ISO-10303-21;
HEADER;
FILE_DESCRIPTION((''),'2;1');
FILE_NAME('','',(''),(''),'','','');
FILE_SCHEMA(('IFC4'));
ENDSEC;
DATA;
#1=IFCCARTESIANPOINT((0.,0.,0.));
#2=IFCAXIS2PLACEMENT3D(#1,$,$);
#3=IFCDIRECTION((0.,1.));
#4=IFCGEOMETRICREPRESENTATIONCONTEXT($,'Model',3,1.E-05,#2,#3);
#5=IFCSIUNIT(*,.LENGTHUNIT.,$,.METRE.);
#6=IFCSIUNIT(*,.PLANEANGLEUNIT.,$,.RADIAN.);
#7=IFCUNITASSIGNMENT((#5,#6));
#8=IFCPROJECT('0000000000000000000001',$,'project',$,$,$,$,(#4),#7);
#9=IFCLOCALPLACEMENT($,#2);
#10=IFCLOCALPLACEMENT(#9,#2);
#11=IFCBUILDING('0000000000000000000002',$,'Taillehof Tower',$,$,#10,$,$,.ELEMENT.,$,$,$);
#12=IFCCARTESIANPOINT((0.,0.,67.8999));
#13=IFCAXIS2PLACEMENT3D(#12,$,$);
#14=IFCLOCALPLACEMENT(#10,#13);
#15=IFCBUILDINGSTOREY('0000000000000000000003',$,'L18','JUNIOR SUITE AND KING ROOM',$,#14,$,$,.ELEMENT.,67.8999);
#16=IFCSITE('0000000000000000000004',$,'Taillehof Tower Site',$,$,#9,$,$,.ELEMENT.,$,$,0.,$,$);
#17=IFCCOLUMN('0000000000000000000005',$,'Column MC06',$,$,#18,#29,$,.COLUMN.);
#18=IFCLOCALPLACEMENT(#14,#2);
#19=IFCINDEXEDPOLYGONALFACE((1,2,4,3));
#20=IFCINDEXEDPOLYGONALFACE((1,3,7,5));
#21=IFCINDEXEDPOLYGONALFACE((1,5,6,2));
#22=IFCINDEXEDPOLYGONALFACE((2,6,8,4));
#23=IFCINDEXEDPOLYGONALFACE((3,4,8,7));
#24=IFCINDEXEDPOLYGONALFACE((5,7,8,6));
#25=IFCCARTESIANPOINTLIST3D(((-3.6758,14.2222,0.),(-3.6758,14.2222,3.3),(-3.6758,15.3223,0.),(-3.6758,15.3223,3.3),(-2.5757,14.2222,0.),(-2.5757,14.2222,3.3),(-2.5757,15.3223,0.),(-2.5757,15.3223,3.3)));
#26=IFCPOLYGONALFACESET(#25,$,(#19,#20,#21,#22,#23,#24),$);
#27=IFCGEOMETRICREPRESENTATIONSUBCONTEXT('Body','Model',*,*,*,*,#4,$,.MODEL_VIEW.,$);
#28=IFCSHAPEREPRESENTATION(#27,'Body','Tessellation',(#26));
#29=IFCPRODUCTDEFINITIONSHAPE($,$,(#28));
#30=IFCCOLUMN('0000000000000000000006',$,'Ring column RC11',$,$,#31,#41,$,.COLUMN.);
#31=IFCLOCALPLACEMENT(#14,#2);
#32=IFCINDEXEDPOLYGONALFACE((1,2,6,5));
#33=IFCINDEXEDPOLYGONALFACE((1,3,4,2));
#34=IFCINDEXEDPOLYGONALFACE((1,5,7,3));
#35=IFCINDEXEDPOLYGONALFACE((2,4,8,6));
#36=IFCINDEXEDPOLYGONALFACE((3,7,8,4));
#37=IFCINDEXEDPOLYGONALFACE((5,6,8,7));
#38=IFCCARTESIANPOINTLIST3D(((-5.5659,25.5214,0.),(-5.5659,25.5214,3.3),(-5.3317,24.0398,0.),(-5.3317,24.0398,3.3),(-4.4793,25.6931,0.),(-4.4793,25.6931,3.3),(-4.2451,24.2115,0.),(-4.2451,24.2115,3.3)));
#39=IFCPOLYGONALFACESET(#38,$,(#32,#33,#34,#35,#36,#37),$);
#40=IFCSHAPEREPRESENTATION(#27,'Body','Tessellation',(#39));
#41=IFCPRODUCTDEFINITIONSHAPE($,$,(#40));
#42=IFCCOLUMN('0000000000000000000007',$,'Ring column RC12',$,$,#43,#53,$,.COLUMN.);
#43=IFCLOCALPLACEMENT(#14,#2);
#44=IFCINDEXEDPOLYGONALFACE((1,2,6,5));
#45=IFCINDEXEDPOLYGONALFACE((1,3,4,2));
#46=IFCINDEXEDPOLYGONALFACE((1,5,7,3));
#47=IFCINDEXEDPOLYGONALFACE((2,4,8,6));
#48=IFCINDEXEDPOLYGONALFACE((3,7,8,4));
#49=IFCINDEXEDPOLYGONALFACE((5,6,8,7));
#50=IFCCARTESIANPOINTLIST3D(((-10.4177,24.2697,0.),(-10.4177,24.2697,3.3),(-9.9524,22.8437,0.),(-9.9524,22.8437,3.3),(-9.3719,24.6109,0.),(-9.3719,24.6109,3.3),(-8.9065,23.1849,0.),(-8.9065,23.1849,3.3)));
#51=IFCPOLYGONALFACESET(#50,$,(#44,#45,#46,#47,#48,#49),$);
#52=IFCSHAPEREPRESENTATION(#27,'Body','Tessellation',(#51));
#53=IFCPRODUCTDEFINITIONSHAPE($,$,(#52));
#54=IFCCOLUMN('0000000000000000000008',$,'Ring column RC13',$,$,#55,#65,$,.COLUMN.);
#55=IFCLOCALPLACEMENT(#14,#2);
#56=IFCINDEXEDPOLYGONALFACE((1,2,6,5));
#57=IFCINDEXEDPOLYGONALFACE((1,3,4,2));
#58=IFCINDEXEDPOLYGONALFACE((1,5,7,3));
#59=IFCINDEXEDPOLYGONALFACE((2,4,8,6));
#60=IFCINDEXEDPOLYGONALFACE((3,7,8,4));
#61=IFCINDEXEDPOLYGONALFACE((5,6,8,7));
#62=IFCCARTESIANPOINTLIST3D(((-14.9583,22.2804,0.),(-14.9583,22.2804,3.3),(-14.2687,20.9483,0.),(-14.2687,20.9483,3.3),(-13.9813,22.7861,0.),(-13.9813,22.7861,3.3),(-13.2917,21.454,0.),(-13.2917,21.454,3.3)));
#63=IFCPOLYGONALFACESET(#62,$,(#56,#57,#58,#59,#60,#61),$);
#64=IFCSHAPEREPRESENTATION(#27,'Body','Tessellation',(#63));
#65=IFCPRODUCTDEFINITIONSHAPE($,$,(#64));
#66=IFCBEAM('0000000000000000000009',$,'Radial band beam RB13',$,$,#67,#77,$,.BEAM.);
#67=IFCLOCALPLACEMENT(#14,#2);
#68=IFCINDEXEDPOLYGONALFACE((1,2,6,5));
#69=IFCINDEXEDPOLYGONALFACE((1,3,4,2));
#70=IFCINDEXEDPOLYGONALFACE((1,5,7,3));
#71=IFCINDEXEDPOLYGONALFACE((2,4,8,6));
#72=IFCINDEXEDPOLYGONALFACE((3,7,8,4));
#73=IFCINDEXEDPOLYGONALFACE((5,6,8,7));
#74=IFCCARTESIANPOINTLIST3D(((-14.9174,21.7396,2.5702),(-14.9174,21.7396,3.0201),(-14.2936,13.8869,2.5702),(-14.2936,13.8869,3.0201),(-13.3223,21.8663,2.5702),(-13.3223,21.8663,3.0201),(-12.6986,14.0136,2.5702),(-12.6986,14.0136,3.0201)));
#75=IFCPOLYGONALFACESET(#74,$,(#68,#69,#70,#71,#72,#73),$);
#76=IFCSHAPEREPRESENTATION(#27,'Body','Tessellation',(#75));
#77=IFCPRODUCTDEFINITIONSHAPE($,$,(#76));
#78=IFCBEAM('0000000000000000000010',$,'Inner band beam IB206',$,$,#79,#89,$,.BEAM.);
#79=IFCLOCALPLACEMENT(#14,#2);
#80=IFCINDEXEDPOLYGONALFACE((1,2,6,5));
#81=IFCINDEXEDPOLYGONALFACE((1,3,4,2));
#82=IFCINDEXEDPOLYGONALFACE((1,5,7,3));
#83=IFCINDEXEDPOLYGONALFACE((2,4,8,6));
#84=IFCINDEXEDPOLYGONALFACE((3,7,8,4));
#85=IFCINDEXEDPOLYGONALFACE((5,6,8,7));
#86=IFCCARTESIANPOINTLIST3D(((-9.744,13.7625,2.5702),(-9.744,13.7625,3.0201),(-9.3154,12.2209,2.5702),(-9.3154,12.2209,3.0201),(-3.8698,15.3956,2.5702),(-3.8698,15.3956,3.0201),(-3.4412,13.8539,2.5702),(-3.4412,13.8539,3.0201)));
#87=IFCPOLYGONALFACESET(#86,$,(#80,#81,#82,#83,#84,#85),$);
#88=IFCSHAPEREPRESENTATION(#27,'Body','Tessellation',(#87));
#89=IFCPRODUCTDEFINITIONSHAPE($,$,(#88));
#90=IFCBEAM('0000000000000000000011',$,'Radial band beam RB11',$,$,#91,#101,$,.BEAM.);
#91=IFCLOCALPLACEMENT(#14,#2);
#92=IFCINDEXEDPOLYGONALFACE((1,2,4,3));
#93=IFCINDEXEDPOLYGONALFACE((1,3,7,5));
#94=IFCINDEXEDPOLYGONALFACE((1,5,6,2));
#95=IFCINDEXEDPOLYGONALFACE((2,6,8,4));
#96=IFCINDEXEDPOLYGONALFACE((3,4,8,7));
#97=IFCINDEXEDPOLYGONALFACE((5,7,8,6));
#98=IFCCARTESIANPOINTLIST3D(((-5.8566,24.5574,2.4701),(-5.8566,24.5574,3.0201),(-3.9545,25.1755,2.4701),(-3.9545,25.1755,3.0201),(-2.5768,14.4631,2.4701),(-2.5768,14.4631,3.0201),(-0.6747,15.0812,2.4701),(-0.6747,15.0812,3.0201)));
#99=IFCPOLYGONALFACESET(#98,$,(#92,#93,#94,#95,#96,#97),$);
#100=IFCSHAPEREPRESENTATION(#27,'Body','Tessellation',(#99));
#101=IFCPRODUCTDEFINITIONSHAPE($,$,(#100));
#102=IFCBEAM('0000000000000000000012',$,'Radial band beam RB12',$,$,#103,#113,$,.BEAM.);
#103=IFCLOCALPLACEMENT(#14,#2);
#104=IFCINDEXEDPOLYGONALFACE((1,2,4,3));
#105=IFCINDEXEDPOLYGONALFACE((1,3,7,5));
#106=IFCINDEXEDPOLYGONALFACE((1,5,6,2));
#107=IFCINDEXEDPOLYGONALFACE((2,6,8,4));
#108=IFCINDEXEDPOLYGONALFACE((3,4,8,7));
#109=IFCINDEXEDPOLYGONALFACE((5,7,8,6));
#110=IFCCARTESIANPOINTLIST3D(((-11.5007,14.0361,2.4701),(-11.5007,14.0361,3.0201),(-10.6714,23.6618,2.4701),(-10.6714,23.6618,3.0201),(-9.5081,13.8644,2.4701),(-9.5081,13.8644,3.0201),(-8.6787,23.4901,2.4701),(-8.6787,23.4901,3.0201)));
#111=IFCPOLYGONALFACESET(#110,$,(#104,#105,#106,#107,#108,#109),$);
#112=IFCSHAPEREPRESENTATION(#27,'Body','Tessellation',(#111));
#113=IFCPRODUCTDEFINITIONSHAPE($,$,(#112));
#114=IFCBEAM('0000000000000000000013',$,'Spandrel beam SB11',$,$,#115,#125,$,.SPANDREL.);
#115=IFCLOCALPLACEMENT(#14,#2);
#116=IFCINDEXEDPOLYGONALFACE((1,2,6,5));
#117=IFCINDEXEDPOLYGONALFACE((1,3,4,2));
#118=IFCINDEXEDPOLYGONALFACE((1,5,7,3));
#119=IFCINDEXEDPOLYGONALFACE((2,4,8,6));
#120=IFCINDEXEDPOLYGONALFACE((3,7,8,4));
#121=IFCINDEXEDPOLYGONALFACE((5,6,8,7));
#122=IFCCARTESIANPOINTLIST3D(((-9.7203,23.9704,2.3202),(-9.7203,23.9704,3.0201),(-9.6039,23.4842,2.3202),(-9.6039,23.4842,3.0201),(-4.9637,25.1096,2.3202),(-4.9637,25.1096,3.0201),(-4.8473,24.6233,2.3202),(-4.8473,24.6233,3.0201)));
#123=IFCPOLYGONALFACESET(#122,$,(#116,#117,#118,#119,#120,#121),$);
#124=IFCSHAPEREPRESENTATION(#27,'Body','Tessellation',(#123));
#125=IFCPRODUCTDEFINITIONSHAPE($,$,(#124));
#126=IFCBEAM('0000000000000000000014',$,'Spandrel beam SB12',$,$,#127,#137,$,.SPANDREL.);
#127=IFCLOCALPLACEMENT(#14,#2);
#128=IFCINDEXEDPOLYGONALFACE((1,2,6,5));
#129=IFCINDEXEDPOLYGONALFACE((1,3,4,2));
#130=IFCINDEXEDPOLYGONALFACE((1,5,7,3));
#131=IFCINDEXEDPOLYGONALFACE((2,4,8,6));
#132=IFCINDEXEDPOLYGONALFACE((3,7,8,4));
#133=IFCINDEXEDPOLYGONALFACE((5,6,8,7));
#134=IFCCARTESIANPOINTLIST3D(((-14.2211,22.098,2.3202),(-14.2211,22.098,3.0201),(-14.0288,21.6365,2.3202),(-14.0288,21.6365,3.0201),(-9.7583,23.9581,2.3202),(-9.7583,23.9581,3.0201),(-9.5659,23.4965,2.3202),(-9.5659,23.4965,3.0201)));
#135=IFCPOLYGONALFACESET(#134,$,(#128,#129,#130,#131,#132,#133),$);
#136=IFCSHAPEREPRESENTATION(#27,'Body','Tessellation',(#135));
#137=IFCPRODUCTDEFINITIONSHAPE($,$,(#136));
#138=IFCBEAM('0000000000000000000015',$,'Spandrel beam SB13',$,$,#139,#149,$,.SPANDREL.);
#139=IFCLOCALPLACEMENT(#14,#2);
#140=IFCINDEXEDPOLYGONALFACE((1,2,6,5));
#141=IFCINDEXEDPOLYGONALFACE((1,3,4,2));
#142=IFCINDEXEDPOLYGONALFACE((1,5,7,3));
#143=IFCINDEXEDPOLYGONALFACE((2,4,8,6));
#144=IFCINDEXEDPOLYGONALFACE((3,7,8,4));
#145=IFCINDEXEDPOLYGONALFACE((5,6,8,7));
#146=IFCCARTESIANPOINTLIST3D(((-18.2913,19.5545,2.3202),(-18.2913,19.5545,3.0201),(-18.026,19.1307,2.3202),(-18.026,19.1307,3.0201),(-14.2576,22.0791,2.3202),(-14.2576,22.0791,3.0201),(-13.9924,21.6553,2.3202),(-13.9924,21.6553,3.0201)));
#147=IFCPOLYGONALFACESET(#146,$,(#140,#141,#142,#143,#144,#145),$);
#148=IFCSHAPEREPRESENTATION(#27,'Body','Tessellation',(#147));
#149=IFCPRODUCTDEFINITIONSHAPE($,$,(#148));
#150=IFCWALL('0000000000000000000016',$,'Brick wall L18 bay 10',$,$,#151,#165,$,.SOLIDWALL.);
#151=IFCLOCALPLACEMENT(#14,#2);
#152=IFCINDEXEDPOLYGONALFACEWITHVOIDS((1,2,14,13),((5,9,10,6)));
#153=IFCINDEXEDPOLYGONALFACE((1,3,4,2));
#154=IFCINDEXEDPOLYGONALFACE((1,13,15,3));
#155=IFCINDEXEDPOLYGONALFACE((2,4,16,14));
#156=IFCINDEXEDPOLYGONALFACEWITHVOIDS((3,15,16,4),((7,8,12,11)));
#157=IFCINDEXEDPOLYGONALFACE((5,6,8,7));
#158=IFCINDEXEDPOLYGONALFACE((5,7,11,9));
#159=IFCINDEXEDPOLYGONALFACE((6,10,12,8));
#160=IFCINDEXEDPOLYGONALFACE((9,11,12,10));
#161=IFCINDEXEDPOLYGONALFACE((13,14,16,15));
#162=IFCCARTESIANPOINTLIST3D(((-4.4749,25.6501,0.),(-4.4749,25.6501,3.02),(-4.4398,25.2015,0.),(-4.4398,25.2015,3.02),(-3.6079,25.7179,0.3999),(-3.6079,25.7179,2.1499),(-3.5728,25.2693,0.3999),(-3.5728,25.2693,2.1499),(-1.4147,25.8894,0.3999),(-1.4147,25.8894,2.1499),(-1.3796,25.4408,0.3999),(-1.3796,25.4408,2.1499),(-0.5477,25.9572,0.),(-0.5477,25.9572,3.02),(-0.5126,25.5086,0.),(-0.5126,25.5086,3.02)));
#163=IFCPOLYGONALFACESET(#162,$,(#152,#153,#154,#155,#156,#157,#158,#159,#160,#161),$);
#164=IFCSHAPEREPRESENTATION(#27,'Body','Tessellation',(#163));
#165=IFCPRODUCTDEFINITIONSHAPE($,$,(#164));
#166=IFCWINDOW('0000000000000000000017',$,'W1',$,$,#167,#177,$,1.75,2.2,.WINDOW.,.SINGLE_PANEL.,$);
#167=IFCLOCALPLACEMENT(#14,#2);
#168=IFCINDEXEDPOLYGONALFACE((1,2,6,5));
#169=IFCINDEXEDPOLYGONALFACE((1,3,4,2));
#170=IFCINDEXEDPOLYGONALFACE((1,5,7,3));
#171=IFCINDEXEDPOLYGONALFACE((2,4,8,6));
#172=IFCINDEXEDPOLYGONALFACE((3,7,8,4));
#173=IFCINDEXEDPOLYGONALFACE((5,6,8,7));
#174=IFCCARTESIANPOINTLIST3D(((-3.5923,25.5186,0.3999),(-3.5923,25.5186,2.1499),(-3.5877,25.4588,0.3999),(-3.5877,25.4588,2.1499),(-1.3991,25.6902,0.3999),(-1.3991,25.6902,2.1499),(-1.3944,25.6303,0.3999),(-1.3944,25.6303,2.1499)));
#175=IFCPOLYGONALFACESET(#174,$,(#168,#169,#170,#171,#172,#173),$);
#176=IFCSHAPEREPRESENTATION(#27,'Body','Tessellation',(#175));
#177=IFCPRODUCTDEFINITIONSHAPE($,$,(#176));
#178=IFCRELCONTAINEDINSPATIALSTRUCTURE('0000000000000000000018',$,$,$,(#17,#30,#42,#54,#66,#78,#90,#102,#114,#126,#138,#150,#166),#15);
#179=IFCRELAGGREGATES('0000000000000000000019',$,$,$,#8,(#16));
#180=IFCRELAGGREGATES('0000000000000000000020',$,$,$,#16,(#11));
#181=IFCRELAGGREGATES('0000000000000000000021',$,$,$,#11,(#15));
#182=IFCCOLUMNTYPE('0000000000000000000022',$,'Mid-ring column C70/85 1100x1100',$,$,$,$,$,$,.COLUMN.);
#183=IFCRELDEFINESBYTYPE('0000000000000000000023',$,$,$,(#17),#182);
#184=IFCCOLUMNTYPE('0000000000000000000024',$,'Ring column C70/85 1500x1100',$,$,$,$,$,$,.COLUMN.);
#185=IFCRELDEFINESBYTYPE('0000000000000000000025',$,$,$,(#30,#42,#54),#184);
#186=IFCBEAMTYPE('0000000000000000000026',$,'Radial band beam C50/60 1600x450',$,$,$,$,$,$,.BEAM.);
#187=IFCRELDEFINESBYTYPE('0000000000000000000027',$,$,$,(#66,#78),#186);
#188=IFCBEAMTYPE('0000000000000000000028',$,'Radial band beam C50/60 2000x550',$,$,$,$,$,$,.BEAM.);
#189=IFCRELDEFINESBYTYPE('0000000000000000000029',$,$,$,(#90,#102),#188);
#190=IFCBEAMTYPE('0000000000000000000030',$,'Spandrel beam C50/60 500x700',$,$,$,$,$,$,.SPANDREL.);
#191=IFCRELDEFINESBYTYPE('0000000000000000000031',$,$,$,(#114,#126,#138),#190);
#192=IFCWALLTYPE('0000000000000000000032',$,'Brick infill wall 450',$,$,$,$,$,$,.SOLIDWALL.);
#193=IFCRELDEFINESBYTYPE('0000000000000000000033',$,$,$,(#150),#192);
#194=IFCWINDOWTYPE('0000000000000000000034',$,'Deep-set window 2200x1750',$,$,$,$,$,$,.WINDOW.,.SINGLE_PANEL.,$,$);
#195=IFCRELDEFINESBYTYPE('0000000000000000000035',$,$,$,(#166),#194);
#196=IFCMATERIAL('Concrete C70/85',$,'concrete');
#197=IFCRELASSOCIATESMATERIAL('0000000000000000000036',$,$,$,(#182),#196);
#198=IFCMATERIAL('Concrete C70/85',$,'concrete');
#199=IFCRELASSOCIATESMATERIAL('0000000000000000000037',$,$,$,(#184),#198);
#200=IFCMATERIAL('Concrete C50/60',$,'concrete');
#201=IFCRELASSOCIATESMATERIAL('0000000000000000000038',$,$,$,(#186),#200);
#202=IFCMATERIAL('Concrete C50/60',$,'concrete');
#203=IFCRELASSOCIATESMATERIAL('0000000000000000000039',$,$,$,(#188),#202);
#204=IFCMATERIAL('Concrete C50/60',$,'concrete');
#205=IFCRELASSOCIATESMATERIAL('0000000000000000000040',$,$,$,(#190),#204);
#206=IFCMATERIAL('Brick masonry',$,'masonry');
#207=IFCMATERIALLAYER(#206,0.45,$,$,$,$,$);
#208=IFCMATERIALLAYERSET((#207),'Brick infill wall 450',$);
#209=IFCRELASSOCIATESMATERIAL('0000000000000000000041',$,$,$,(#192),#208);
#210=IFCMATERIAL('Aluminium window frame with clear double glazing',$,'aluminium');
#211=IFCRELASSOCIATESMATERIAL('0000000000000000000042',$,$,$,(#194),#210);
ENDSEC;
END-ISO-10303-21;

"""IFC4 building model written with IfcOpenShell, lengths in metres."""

from ifc_helpers import new_model, si_unit, direction, frame, frame_2d, origin, origin_2d, place, context, subcontext, project, spatial, rectangle, extrude, material, layer, layer_set, material_profile, profile_set, type_object, element, fill, save


model = new_model("IFC4")

# Units and contexts
model_context = context("Model", 3, precision=1e-05, world=origin(), true_north=direction((0.0, 1.0)))
body_context = subcontext(model_context, "Body", "Model", "MODEL_VIEW")
ifc_project = project(units=[si_unit("LENGTHUNIT", "METRE"), si_unit("PLANEANGLEUNIT", "RADIAN")], contexts=[model_context])

# Site, building, storey
site_placement = place(None, origin())
site = spatial("IfcSite", under=ifc_project, at=site_placement, Name="Taillehof Tower Site", CompositionType="ELEMENT", RefElevation=0.0)
building_placement = place(site_placement, origin())
building = spatial("IfcBuilding", under=site, at=building_placement, Name="Taillehof Tower", CompositionType="ELEMENT")
storey_placement = place(building_placement, frame((0.0, 0.0, 67.8999)))
storey = spatial("IfcBuildingStorey", under=building, at=storey_placement, Name="L18", Description="JUNIOR SUITE AND KING ROOM", CompositionType="ELEMENT", Elevation=67.8999)

# Columns
ifc_material_1 = material(Name="Concrete C70/85", Category="concrete")
ifc_material_profile_1 = material_profile(ifc_material_1, rectangle(XDim=1.1001, YDim=1.1001, at=origin_2d()), Name="RC 1100x1100")
ifc_profile_set_1 = profile_set([ifc_material_profile_1], Name="Concrete C70/85")
column_type_1 = type_object("IfcColumnType", Name="Mid-ring column C70/85 1100x1100", PredefinedType="COLUMN", material=ifc_profile_set_1)
column_placement = place(storey_placement, frame((-3.1257, 14.7722, 0.0), z_axis=(0.0, 0.0, 1.0), x_axis=(1.0, 0.0, 0.0)))
element("IfcColumn", 1, at=column_placement, inside=storey, type_object=column_type_1, Name="Column MC06", PredefinedType="COLUMN", context=body_context, shape_type="SweptSolid", body=[
    extrude(rectangle(XDim=1.1001, YDim=1.1001, at=origin_2d()), origin(), (0.0, 0.0, 1.0), 3.3),
])
ifc_material_2 = material(Name="Concrete C70/85", Category="concrete")
ifc_material_profile_2 = material_profile(ifc_material_2, rectangle(XDim=1.5, YDim=1.1001, at=origin_2d()), Name="RC 1500x1100")
ifc_profile_set_2 = profile_set([ifc_material_profile_2], Name="Concrete C70/85")
column_type_2 = type_object("IfcColumnType", Name="Ring column C70/85 1500x1100", PredefinedType="COLUMN", material=ifc_profile_set_2)
for number, where, z_axis, x_axis, name in (
    (2, (-4.9055, 24.8665, 0.0), (0.0, 0.0, 1.0), (-0.156147, 0.987734, 0.0), "Ring column RC11"),
    (3, (-9.6621, 23.7273, 0.0), (0.0, 0.0, 1.0), (-0.310219, 0.950665, 0.0), "Ring column RC12"),
    (4, (-14.125, 21.8672, 0.0), (0.0, 0.0, 1.0), (-0.459691, 0.888079, 0.0), "Ring column RC13"),
):
    element("IfcColumn", number, at=place(storey_placement, frame(where, z_axis=z_axis, x_axis=x_axis)), inside=storey, type_object=column_type_2, Name=name, PredefinedType="COLUMN", context=body_context, shape_type="SweptSolid", body=[
        extrude(rectangle(XDim=1.5, YDim=1.1001, at=origin_2d()), origin(), (0.0, 0.0, 1.0), 3.3),
    ])

# Beams
ifc_material_3 = material(Name="Concrete C50/60", Category="concrete")
ifc_material_profile_3 = material_profile(ifc_material_3, rectangle(XDim=1.6001, YDim=0.45, at=origin_2d()), Name="RC 1600x450")
ifc_profile_set_3 = profile_set([ifc_material_profile_3], Name="Concrete C50/60")
beam_type_1 = type_object("IfcBeamType", Name="Radial band beam C50/60 1600x450", PredefinedType="BEAM", material=ifc_profile_set_3)
beam_1_placement = place(storey_placement, frame((-14.1199, 21.803, 2.7952), z_axis=(0.079185, -0.99686, 0.0), x_axis=(0.99686, 0.079185, 0.0)))
element("IfcBeam", 5, at=beam_1_placement, inside=storey, type_object=beam_type_1, Name="Radial band beam RB13", PredefinedType="BEAM", context=body_context, shape_type="SweptSolid", body=[
    extrude(rectangle(XDim=1.6001, YDim=0.45, at=origin_2d()), origin(), (0.0, 0.0, 1.0), 7.8774),
])
beam_2_placement = place(storey_placement, frame((-3.6555, 14.6248, 2.7952), z_axis=(-0.963459, -0.267855, 0.0), x_axis=(0.267855, -0.963459, 0.0)))
element("IfcBeam", 6, at=beam_2_placement, inside=storey, type_object=beam_type_1, Name="Inner band beam IB206", PredefinedType="BEAM", context=body_context, shape_type="SweptSolid", body=[
    extrude(rectangle(XDim=1.6001, YDim=0.45, at=origin_2d()), origin(), (0.0, 0.0, 1.0), 6.0969),
])
ifc_material_4 = material(Name="Concrete C50/60", Category="concrete")
ifc_material_profile_4 = material_profile(ifc_material_4, rectangle(XDim=2.0, YDim=0.55, at=origin_2d()), Name="RC 2000x550")
ifc_profile_set_4 = profile_set([ifc_material_profile_4], Name="Concrete C50/60")
beam_type_2 = type_object("IfcBeamType", Name="Radial band beam C50/60 2000x550", PredefinedType="BEAM", material=ifc_profile_set_4)
beam_3_placement = place(storey_placement, frame((-4.9055, 24.8665, 2.7451), z_axis=(0.309014, -0.951057, 0.0), x_axis=(0.951057, 0.309014, 0.0)))
element("IfcBeam", 7, at=beam_3_placement, inside=storey, type_object=beam_type_2, Name="Radial band beam RB11", PredefinedType="BEAM", context=body_context, shape_type="SweptSolid", body=[
    extrude(rectangle(XDim=2.0, YDim=0.55, at=origin_2d()), origin(), (0.0, 0.0, 1.0), 10.6138),
])
beam_4_placement = place(storey_placement, frame((-9.675, 23.5759, 2.7451), z_axis=(-0.085841, -0.996309, 0.0), x_axis=(0.996309, -0.085841, 0.0)))
element("IfcBeam", 8, at=beam_4_placement, inside=storey, type_object=beam_type_2, Name="Radial band beam RB12", PredefinedType="BEAM", context=body_context, shape_type="SweptSolid", body=[
    extrude(rectangle(XDim=2.0, YDim=0.55, at=origin_2d()), origin(), (0.0, 0.0, 1.0), 9.6614),
])
ifc_material_5 = material(Name="Concrete C50/60", Category="concrete")
ifc_material_profile_5 = material_profile(ifc_material_5, rectangle(XDim=0.5, YDim=0.7, at=origin_2d()), Name="RC 500x700")
ifc_profile_set_5 = profile_set([ifc_material_profile_5], Name="Concrete C50/60")
beam_type_3 = type_object("IfcBeamType", Name="Spandrel beam C50/60 500x700", PredefinedType="SPANDREL", material=ifc_profile_set_5)
beam_5_placement = place(storey_placement, frame((-4.9055, 24.8665, 2.6702), z_axis=(-0.9725, -0.232905, 0.0), x_axis=(0.232905, -0.9725, 0.0)))
element("IfcBeam", 9, at=beam_5_placement, inside=storey, type_object=beam_type_3, Name="Spandrel beam SB11", PredefinedType="SPANDREL", context=body_context, shape_type="SweptSolid", body=[
    extrude(rectangle(XDim=0.5, YDim=0.7, at=origin_2d()), origin(), (0.0, 0.0, 1.0), 4.8911),
])
beam_6_placement = place(storey_placement, frame((-9.6621, 23.7273, 2.6702), z_axis=(-0.923035, -0.384716, 0.0), x_axis=(0.384716, -0.923035, 0.0)))
element("IfcBeam", 10, at=beam_6_placement, inside=storey, type_object=beam_type_3, Name="Spandrel beam SB12", PredefinedType="SPANDREL", context=body_context, shape_type="SweptSolid", body=[
    extrude(rectangle(XDim=0.5, YDim=0.7, at=origin_2d()), origin(), (0.0, 0.0, 1.0), 4.835),
])
beam_7_placement = place(storey_placement, frame((-14.125, 21.8672, 2.6702), z_axis=(-0.847658, -0.530543, 0.0), x_axis=(0.530543, -0.847658, 0.0)))
element("IfcBeam", 11, at=beam_7_placement, inside=storey, type_object=beam_type_3, Name="Spandrel beam SB13", PredefinedType="SPANDREL", context=body_context, shape_type="SweptSolid", body=[
    extrude(rectangle(XDim=0.5, YDim=0.7, at=origin_2d()), origin(), (0.0, 0.0, 1.0), 4.7585),
])

# Wall, opening, window
ifc_material_6 = material(Name="Brick masonry", Category="masonry")
ifc_layer_1 = layer(ifc_material_6, 0.45)
ifc_layer_set_1 = layer_set([ifc_layer_1], Name="Brick infill wall 450")
wall_type_1 = type_object("IfcWallType", Name="Brick infill wall 450", PredefinedType="SOLIDWALL", material=ifc_layer_set_1)
wall_1_placement = place(storey_placement, frame((-0.53, 25.7329, 0.0), z_axis=(0.0, 0.0, 1.0), x_axis=(-0.996956, -0.077967, 0.0)))
wall_1 = element("IfcWall", 12, at=wall_1_placement, inside=storey, type_object=wall_type_1, Name="Brick wall L18 bay 10", PredefinedType="SOLIDWALL", context=body_context, shape_type="SweptSolid", body=[
    extrude(rectangle(XDim=3.9392, YDim=0.45, at=frame_2d((1.9697, 0.0))), origin(), (0.0, 0.0, 1.0), 3.02),
])
opening_1_placement = place(wall_1_placement, frame((0.8696, 0.0, 0.3999)))
opening_1 = element("IfcOpeningElement", 13, at=opening_1_placement, cuts=wall_1, PredefinedType="OPENING", context=body_context, shape_type="SweptSolid", body=[
    extrude(rectangle(XDim=2.2, YDim=1.75, at=frame_2d((1.1001, 0.875))), frame((0.0, 0.2349, 0.0), z_axis=(0.0, -1.0, 0.0), x_axis=(1.0, 0.0, 0.0)), (0.0, 0.0, 1.0), 0.47),
])
ifc_material_7 = material(Name="Aluminium window frame with clear double glazing", Category="aluminium")
window_type = type_object("IfcWindowType", Name="Deep-set window 2200x1750", PartitioningType="SINGLE_PANEL", PredefinedType="WINDOW", material=ifc_material_7)
window_1_placement = place(opening_1_placement, origin())
window_1 = element("IfcWindow", 14, at=window_1_placement, inside=storey, type_object=window_type, Name="W1", OverallHeight=1.75, OverallWidth=2.2, PartitioningType="SINGLE_PANEL", PredefinedType="WINDOW", context=body_context, shape_type="SweptSolid", body=[
    extrude(rectangle(XDim=2.2, YDim=1.75, at=frame_2d((1.1001, 0.875))), frame((0.0, 0.0349, 0.0), z_axis=(0.0, -1.0, 0.0), x_axis=(1.0, 0.0, 0.0)), (0.0, 0.0, 1.0), 0.0601),
])
fill(opening_1, window_1)

save(model, "model.ifc")
